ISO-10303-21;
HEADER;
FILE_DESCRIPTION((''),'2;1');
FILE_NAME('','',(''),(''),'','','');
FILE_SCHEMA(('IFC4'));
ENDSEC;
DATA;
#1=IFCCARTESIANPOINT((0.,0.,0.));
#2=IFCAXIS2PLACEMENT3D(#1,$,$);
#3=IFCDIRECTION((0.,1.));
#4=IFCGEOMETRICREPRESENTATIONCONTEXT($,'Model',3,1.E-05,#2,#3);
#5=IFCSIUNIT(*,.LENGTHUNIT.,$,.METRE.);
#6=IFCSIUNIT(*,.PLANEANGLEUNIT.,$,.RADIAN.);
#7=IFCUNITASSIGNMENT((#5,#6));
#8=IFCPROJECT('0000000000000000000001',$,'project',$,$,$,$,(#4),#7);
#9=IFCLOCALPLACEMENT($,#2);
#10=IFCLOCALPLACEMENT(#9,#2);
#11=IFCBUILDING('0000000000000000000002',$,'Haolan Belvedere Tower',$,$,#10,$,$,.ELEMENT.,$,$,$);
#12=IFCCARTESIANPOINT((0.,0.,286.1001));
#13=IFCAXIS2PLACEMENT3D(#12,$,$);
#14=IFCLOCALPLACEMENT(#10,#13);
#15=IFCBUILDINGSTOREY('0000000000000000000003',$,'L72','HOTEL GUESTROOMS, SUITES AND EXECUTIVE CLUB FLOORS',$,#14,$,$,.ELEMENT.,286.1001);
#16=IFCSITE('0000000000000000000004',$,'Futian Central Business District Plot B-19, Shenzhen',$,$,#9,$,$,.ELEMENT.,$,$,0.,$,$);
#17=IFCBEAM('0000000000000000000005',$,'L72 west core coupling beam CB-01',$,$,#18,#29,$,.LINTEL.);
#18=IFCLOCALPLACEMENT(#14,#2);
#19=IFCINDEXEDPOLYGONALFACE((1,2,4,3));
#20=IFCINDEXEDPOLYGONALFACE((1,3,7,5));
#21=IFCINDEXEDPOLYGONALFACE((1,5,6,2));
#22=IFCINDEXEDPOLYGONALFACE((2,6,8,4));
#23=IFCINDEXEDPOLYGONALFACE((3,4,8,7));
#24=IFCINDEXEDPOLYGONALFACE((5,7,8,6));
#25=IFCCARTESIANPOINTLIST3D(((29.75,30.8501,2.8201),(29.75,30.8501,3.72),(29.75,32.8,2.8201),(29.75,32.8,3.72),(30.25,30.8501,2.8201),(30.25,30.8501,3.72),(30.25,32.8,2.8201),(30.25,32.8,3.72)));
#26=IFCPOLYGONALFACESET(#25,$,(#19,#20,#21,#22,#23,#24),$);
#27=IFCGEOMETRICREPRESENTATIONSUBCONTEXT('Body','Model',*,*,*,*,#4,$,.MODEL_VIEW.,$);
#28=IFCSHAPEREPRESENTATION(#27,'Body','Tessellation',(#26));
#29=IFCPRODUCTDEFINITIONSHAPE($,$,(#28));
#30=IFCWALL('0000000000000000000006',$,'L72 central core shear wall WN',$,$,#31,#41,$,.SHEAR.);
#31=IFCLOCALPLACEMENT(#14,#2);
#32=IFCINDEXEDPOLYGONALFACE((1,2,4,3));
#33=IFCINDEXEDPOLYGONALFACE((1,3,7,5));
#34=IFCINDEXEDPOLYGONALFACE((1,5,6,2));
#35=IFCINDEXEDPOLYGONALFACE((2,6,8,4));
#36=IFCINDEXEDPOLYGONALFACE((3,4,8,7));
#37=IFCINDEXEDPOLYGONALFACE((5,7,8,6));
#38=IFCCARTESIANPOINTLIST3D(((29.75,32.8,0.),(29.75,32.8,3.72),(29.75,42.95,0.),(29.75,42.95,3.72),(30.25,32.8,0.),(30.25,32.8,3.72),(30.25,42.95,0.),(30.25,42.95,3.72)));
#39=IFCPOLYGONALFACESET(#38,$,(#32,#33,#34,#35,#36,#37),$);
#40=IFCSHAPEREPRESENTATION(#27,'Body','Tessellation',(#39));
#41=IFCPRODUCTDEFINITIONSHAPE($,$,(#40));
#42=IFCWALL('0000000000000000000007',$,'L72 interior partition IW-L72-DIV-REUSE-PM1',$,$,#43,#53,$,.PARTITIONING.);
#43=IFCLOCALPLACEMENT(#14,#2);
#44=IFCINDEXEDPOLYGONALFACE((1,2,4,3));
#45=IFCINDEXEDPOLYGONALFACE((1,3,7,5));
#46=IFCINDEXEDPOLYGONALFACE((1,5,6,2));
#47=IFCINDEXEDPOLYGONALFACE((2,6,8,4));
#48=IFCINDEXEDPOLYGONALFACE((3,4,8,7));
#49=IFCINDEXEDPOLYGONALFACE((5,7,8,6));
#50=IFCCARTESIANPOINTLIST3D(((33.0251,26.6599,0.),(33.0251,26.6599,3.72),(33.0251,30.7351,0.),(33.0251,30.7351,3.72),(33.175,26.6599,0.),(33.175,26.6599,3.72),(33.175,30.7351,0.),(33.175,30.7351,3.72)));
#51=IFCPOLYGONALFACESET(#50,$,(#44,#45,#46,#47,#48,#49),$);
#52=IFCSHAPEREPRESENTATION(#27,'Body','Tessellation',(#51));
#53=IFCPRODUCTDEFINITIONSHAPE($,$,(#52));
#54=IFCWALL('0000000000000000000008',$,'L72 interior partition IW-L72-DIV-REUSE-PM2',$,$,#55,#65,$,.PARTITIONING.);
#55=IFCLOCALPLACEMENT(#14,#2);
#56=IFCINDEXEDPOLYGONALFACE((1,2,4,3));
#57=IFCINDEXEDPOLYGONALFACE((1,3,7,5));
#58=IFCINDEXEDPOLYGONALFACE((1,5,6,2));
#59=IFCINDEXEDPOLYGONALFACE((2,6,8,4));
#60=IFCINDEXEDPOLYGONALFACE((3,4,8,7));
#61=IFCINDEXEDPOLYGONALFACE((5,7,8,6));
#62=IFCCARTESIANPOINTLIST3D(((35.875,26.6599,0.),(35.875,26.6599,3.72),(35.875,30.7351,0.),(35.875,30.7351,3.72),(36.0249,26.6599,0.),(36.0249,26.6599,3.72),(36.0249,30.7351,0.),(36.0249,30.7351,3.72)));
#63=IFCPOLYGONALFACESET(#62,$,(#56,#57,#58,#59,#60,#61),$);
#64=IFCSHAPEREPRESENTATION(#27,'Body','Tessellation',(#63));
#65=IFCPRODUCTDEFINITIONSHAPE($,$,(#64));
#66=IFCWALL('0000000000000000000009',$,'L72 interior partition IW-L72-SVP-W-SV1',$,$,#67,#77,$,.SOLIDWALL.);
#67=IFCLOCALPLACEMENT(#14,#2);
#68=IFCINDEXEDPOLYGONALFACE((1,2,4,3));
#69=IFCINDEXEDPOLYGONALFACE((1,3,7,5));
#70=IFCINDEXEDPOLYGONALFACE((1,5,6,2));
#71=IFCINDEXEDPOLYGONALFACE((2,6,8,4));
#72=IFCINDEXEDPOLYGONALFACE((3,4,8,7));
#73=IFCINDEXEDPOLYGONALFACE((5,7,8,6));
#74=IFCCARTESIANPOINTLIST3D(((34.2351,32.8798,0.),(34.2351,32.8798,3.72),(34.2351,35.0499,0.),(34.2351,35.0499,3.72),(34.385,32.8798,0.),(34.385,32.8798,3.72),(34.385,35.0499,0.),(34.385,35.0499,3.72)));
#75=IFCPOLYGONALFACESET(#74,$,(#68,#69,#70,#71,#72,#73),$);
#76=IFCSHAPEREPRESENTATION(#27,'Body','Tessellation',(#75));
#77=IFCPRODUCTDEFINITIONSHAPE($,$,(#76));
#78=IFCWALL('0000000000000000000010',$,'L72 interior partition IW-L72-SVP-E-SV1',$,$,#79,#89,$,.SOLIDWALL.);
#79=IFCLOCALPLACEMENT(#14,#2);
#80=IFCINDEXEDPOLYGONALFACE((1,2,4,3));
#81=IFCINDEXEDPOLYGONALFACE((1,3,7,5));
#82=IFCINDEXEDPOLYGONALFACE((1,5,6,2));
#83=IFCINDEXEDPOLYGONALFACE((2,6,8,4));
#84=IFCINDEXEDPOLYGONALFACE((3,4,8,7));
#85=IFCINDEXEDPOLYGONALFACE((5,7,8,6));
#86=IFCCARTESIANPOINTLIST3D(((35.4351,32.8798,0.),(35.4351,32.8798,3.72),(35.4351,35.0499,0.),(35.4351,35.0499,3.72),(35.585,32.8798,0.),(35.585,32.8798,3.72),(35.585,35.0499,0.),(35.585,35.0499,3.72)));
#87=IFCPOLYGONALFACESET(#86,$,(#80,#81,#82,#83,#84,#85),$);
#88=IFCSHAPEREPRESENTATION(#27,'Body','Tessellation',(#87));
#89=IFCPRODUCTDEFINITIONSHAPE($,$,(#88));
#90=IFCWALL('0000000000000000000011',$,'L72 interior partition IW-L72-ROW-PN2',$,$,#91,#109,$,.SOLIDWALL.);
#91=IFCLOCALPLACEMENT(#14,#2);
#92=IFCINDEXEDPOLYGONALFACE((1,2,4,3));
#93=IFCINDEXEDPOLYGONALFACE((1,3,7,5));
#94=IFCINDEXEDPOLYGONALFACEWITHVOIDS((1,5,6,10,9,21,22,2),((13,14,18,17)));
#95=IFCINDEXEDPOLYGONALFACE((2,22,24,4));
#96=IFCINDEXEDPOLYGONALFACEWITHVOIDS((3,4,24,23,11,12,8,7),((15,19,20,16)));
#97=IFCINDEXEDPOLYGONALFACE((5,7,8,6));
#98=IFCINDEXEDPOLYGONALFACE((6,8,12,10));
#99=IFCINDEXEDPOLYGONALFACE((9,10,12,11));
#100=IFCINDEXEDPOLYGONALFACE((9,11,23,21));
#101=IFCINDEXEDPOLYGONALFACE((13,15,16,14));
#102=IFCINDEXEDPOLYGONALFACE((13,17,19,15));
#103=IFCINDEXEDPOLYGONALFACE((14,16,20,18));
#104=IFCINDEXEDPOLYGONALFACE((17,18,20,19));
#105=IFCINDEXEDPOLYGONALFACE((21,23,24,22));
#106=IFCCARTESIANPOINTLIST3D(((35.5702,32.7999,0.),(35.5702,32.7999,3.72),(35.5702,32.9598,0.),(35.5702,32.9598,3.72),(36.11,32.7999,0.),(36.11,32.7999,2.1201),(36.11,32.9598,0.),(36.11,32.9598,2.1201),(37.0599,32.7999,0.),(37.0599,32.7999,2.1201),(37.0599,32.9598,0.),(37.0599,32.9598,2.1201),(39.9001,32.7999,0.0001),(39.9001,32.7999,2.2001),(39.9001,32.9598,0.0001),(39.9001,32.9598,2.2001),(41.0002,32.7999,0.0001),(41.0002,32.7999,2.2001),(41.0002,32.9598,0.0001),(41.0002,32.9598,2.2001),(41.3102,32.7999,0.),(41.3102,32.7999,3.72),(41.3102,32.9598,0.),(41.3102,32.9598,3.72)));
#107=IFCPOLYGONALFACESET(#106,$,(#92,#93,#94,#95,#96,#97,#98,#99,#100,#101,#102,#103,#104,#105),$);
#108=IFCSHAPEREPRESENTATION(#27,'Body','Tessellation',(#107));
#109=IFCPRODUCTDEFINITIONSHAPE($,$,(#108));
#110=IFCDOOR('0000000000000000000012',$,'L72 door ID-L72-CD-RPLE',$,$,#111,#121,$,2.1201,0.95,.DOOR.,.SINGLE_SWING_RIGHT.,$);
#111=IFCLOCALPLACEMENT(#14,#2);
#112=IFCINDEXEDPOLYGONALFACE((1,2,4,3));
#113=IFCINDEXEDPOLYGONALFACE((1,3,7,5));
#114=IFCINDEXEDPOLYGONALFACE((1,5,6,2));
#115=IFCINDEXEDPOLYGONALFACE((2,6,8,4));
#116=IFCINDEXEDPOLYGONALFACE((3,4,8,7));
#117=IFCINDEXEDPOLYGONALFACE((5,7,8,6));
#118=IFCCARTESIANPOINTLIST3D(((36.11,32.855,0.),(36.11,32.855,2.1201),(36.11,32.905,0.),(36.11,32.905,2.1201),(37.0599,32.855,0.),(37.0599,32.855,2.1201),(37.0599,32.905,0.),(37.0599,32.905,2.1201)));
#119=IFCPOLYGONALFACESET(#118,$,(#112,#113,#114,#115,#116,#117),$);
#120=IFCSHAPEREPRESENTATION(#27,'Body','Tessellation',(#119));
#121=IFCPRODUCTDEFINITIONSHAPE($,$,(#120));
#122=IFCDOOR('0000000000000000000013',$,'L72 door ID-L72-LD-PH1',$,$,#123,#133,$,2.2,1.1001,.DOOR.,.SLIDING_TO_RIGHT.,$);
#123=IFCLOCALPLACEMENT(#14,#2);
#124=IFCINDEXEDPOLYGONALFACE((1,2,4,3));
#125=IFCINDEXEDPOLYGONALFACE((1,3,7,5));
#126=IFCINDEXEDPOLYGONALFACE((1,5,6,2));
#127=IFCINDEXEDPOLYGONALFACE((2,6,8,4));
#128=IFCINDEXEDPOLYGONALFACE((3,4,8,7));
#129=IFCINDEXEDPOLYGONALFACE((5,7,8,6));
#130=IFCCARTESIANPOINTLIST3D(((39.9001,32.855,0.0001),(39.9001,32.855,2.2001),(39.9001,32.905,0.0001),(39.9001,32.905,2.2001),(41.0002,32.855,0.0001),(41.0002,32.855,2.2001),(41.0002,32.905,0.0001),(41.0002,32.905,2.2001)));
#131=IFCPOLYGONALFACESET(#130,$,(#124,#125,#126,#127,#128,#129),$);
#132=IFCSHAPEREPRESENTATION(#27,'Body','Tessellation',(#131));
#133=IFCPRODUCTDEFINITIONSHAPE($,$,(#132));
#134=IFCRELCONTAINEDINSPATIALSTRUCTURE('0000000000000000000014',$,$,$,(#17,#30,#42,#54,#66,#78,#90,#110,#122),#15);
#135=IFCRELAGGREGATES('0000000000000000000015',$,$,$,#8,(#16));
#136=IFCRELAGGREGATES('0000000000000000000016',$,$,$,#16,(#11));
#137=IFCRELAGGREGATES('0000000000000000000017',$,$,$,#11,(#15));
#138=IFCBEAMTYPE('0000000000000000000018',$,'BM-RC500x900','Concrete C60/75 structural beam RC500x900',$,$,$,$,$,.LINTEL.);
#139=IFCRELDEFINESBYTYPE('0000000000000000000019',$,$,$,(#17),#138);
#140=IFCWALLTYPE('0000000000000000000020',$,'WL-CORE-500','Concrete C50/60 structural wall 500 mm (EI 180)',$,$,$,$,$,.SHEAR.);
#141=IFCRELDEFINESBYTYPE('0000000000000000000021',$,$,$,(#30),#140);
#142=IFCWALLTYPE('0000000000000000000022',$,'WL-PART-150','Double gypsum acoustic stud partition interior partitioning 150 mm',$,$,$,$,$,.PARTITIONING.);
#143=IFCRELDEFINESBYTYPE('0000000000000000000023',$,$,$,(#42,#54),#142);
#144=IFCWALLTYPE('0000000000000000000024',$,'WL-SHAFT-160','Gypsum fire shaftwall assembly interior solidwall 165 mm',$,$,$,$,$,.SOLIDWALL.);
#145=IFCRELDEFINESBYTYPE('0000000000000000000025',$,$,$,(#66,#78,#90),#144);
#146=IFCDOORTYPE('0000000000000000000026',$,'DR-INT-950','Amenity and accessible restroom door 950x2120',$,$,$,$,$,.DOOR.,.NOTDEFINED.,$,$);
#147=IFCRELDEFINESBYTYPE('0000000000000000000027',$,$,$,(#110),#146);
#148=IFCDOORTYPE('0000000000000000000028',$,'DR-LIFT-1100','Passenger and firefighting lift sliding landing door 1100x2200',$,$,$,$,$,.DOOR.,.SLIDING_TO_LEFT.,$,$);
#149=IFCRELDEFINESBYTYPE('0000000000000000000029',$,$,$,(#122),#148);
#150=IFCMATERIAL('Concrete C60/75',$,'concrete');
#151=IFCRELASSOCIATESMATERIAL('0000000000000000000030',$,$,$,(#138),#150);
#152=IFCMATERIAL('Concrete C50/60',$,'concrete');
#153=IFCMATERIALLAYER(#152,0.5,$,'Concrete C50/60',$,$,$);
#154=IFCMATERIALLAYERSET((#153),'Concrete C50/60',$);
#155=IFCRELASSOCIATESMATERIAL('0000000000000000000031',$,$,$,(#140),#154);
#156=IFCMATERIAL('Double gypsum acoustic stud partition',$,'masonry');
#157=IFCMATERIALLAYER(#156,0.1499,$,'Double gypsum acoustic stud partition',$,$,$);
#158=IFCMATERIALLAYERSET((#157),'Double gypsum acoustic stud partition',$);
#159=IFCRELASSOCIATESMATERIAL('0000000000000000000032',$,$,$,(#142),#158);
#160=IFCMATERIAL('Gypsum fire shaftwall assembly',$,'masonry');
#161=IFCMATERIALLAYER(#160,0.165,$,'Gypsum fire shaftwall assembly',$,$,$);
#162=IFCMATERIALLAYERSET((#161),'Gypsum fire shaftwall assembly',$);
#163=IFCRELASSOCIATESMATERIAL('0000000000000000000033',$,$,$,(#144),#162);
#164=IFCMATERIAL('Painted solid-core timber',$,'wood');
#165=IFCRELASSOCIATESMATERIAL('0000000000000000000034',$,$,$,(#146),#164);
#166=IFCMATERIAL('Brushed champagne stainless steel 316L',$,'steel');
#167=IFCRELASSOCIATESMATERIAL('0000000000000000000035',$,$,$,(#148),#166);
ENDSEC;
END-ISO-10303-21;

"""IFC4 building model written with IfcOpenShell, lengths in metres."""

from ifc_helpers import new_model, si_unit, direction, frame, frame_2d, origin, origin_2d, place, context, subcontext, project, spatial, rectangle, extrude, material, layer, layer_set, material_profile, profile_set, type_object, element, fill, save


model = new_model("IFC4")

# Units and contexts
model_context = context("Model", 3, precision=1e-05, world=origin(), true_north=direction((0.0, 1.0)))
body_context = subcontext(model_context, "Body", "Model", "MODEL_VIEW")
ifc_project = project(units=[si_unit("LENGTHUNIT", "METRE"), si_unit("PLANEANGLEUNIT", "RADIAN")], contexts=[model_context])

# Site, building, storey
site_placement = place(None, origin())
site = spatial("IfcSite", under=ifc_project, at=site_placement, Name="Futian Central Business District Plot B-19, Shenzhen", CompositionType="ELEMENT", RefElevation=0.0)
building_placement = place(site_placement, origin())
building = spatial("IfcBuilding", under=site, at=building_placement, Name="Haolan Belvedere Tower", CompositionType="ELEMENT")
storey_placement = place(building_placement, frame((0.0, 0.0, 286.1001)))
storey = spatial("IfcBuildingStorey", under=building, at=storey_placement, Name="L72", Description="HOTEL GUESTROOMS, SUITES AND EXECUTIVE CLUB FLOORS", CompositionType="ELEMENT", Elevation=286.1001)

# Beam
ifc_material_1 = material(Name="Concrete C60/75", Category="concrete")
ifc_material_profile = material_profile(ifc_material_1, rectangle(XDim=0.5, YDim=0.8999, at=origin_2d()), Name="Concrete C60/75")
ifc_profile_set = profile_set([ifc_material_profile], Name="Concrete C60/75")
beam_type = type_object("IfcBeamType", Name="BM-RC500x900", Description="Concrete C60/75 structural beam RC500x900", PredefinedType="LINTEL", material=ifc_profile_set)
beam_placement = place(storey_placement, frame((30.0, 30.8501, 3.27), z_axis=(0.0, 1.0, 0.0), x_axis=(-1.0, 0.0, 0.0)))
element("IfcBeam", 1, at=beam_placement, inside=storey, type_object=beam_type, Name="L72 west core coupling beam CB-01", PredefinedType="LINTEL", context=body_context, shape_type="SweptSolid", body=[
    extrude(rectangle(XDim=0.5, YDim=0.8999, at=origin_2d()), origin(), (0.0, 0.0, 1.0), 1.95),
])

# Walls
ifc_material_2 = material(Name="Concrete C50/60", Category="concrete")
ifc_layer_1 = layer(ifc_material_2, 0.5, Name="Concrete C50/60")
ifc_layer_set_1 = layer_set([ifc_layer_1], Name="Concrete C50/60")
wall_type_1 = type_object("IfcWallType", Name="WL-CORE-500", Description="Concrete C50/60 structural wall 500 mm (EI 180)", PredefinedType="SHEAR", material=ifc_layer_set_1)
wall_1_placement = place(storey_placement, frame((30.0, 32.8, 0.0), z_axis=(0.0, 0.0, 1.0), x_axis=(0.0, 1.0, 0.0)))
element("IfcWall", 2, at=wall_1_placement, inside=storey, type_object=wall_type_1, Name="L72 central core shear wall WN", PredefinedType="SHEAR", context=body_context, shape_type="SweptSolid", body=[
    extrude(rectangle(XDim=10.1499, YDim=0.5, at=frame_2d((5.075, 0.0))), origin(), (0.0, 0.0, 1.0), 3.72),
])
ifc_material_3 = material(Name="Double gypsum acoustic stud partition", Category="masonry")
ifc_layer_2 = layer(ifc_material_3, 0.1499, Name="Double gypsum acoustic stud partition")
ifc_layer_set_2 = layer_set([ifc_layer_2], Name="Double gypsum acoustic stud partition")
wall_type_2 = type_object("IfcWallType", Name="WL-PART-150", Description="Double gypsum acoustic stud partition interior partitioning 150 mm", PredefinedType="PARTITIONING", material=ifc_layer_set_2)
for number, where, z_axis, x_axis, name in (
    (3, (33.1001, 26.6599, 0.0), (0.0, 0.0, 1.0), (0.0, 1.0, 0.0), "L72 interior partition IW-L72-DIV-REUSE-PM1"),
    (4, (35.95, 26.6599, 0.0), (0.0, 0.0, 1.0), (0.0, 1.0, 0.0), "L72 interior partition IW-L72-DIV-REUSE-PM2"),
):
    element("IfcWall", number, at=place(storey_placement, frame(where, z_axis=z_axis, x_axis=x_axis)), inside=storey, type_object=wall_type_2, Name=name, PredefinedType="PARTITIONING", context=body_context, shape_type="SweptSolid", body=[
        extrude(rectangle(XDim=4.0752, YDim=0.1499, at=frame_2d((2.0376, 0.0))), origin(), (0.0, 0.0, 1.0), 3.72),
    ])
ifc_material_4 = material(Name="Gypsum fire shaftwall assembly", Category="masonry")
ifc_layer_3 = layer(ifc_material_4, 0.165, Name="Gypsum fire shaftwall assembly")
ifc_layer_set_3 = layer_set([ifc_layer_3], Name="Gypsum fire shaftwall assembly")
wall_type_3 = type_object("IfcWallType", Name="WL-SHAFT-160", Description="Gypsum fire shaftwall assembly interior solidwall 165 mm", PredefinedType="SOLIDWALL", material=ifc_layer_set_3)
for number, where, z_axis, x_axis, name in (
    (5, (34.3101, 32.8799, 0.0), (0.0, 0.0, 1.0), (0.0, 1.0, 0.0), "L72 interior partition IW-L72-SVP-W-SV1"),
    (6, (35.51, 32.8799, 0.0), (0.0, 0.0, 1.0), (0.0, 1.0, 0.0), "L72 interior partition IW-L72-SVP-E-SV1"),
):
    element("IfcWall", number, at=place(storey_placement, frame(where, z_axis=z_axis, x_axis=x_axis)), inside=storey, type_object=wall_type_3, Name=name, PredefinedType="SOLIDWALL", context=body_context, shape_type="SweptSolid", body=[
        extrude(rectangle(XDim=2.1702, YDim=0.1499, at=frame_2d((1.085, 0.0))), origin(), (0.0, 0.0, 1.0), 3.72),
    ])

# Shared definitions
ifc_material_5 = material(Name="Painted solid-core timber", Category="wood")
door_type_1 = type_object("IfcDoorType", Name="DR-INT-950", Description="Amenity and accessible restroom door 950x2120", OperationType="NOTDEFINED", PredefinedType="DOOR", material=ifc_material_5)

# Wall, openings, doors
wall_2_placement = place(storey_placement, frame((35.5701, 32.8799, 0.0), z_axis=(0.0, 0.0, 1.0), x_axis=(1.0, 0.0, 0.0)))
wall_2 = element("IfcWall", 7, at=wall_2_placement, inside=storey, type_object=wall_type_3, Name="L72 interior partition IW-L72-ROW-PN2", PredefinedType="SOLIDWALL", context=body_context, shape_type="SweptSolid", body=[
    extrude(rectangle(XDim=5.74, YDim=0.1599, at=frame_2d((2.8701, 0.0))), origin(), (0.0, 0.0, 1.0), 3.72),
])
opening_1_placement = place(wall_2_placement, frame((1.49, 0.0, 0.0), z_axis=(0.0, 0.0, 1.0), x_axis=(-1.0, 0.0, 0.0)))
opening_1 = element("IfcOpeningElement", 8, at=opening_1_placement, cuts=wall_2, PredefinedType="OPENING", context=body_context, shape_type="SweptSolid", body=[
    extrude(rectangle(XDim=0.95, YDim=2.1201, at=frame_2d((0.4751, 1.0601))), frame((0.0, 0.0898, 0.0), z_axis=(0.0, -1.0, 0.0), x_axis=(1.0, 0.0, 0.0)), (0.0, 0.0, 1.0), 0.1799),
])
opening_2_placement = place(wall_2_placement, frame((5.4302, 0.0, 0.0), z_axis=(0.0, 0.0, 1.0), x_axis=(-1.0, 0.0, 0.0)))
opening_2 = element("IfcOpeningElement", 9, at=opening_2_placement, cuts=wall_2, PredefinedType="OPENING", context=body_context, shape_type="SweptSolid", body=[
    extrude(rectangle(XDim=1.1001, YDim=2.2, at=frame_2d((0.55, 1.1001))), frame((0.0, 0.0898, 0.0), z_axis=(0.0, -1.0, 0.0), x_axis=(1.0, 0.0, 0.0)), (0.0, 0.0, 1.0), 0.1799),
])
door_1_placement = place(opening_1_placement, origin())
door_1 = element("IfcDoor", 10, at=door_1_placement, inside=storey, type_object=door_type_1, Name="L72 door ID-L72-CD-RPLE", OperationType="SINGLE_SWING_RIGHT", OverallHeight=2.1201, OverallWidth=0.95, PredefinedType="DOOR", context=body_context, shape_type="SweptSolid", body=[
    extrude(rectangle(XDim=0.95, YDim=2.1201, at=frame_2d((0.4751, 1.0601))), frame((0.0, 0.0249, 0.0), z_axis=(0.0, -1.0, 0.0), x_axis=(1.0, 0.0, 0.0)), (0.0, 0.0, 1.0), 0.05),
])
fill(opening_1, door_1)
ifc_material_6 = material(Name="Brushed champagne stainless steel 316L", Category="steel")
door_type_2 = type_object("IfcDoorType", Name="DR-LIFT-1100", Description="Passenger and firefighting lift sliding landing door 1100x2200", OperationType="SLIDING_TO_LEFT", PredefinedType="DOOR", material=ifc_material_6)
door_2_placement = place(opening_2_placement, origin())
door_2 = element("IfcDoor", 11, at=door_2_placement, inside=storey, type_object=door_type_2, Name="L72 door ID-L72-LD-PH1", OperationType="SLIDING_TO_RIGHT", OverallHeight=2.2, OverallWidth=1.1001, PredefinedType="DOOR", context=body_context, shape_type="SweptSolid", body=[
    extrude(rectangle(XDim=1.1001, YDim=2.2, at=frame_2d((0.55, 1.1001))), frame((0.0, 0.0249, 0.0), z_axis=(0.0, -1.0, 0.0), x_axis=(1.0, 0.0, 0.0)), (0.0, 0.0, 1.0), 0.05),
])
fill(opening_2, door_2)

save(model, "model.ifc")
